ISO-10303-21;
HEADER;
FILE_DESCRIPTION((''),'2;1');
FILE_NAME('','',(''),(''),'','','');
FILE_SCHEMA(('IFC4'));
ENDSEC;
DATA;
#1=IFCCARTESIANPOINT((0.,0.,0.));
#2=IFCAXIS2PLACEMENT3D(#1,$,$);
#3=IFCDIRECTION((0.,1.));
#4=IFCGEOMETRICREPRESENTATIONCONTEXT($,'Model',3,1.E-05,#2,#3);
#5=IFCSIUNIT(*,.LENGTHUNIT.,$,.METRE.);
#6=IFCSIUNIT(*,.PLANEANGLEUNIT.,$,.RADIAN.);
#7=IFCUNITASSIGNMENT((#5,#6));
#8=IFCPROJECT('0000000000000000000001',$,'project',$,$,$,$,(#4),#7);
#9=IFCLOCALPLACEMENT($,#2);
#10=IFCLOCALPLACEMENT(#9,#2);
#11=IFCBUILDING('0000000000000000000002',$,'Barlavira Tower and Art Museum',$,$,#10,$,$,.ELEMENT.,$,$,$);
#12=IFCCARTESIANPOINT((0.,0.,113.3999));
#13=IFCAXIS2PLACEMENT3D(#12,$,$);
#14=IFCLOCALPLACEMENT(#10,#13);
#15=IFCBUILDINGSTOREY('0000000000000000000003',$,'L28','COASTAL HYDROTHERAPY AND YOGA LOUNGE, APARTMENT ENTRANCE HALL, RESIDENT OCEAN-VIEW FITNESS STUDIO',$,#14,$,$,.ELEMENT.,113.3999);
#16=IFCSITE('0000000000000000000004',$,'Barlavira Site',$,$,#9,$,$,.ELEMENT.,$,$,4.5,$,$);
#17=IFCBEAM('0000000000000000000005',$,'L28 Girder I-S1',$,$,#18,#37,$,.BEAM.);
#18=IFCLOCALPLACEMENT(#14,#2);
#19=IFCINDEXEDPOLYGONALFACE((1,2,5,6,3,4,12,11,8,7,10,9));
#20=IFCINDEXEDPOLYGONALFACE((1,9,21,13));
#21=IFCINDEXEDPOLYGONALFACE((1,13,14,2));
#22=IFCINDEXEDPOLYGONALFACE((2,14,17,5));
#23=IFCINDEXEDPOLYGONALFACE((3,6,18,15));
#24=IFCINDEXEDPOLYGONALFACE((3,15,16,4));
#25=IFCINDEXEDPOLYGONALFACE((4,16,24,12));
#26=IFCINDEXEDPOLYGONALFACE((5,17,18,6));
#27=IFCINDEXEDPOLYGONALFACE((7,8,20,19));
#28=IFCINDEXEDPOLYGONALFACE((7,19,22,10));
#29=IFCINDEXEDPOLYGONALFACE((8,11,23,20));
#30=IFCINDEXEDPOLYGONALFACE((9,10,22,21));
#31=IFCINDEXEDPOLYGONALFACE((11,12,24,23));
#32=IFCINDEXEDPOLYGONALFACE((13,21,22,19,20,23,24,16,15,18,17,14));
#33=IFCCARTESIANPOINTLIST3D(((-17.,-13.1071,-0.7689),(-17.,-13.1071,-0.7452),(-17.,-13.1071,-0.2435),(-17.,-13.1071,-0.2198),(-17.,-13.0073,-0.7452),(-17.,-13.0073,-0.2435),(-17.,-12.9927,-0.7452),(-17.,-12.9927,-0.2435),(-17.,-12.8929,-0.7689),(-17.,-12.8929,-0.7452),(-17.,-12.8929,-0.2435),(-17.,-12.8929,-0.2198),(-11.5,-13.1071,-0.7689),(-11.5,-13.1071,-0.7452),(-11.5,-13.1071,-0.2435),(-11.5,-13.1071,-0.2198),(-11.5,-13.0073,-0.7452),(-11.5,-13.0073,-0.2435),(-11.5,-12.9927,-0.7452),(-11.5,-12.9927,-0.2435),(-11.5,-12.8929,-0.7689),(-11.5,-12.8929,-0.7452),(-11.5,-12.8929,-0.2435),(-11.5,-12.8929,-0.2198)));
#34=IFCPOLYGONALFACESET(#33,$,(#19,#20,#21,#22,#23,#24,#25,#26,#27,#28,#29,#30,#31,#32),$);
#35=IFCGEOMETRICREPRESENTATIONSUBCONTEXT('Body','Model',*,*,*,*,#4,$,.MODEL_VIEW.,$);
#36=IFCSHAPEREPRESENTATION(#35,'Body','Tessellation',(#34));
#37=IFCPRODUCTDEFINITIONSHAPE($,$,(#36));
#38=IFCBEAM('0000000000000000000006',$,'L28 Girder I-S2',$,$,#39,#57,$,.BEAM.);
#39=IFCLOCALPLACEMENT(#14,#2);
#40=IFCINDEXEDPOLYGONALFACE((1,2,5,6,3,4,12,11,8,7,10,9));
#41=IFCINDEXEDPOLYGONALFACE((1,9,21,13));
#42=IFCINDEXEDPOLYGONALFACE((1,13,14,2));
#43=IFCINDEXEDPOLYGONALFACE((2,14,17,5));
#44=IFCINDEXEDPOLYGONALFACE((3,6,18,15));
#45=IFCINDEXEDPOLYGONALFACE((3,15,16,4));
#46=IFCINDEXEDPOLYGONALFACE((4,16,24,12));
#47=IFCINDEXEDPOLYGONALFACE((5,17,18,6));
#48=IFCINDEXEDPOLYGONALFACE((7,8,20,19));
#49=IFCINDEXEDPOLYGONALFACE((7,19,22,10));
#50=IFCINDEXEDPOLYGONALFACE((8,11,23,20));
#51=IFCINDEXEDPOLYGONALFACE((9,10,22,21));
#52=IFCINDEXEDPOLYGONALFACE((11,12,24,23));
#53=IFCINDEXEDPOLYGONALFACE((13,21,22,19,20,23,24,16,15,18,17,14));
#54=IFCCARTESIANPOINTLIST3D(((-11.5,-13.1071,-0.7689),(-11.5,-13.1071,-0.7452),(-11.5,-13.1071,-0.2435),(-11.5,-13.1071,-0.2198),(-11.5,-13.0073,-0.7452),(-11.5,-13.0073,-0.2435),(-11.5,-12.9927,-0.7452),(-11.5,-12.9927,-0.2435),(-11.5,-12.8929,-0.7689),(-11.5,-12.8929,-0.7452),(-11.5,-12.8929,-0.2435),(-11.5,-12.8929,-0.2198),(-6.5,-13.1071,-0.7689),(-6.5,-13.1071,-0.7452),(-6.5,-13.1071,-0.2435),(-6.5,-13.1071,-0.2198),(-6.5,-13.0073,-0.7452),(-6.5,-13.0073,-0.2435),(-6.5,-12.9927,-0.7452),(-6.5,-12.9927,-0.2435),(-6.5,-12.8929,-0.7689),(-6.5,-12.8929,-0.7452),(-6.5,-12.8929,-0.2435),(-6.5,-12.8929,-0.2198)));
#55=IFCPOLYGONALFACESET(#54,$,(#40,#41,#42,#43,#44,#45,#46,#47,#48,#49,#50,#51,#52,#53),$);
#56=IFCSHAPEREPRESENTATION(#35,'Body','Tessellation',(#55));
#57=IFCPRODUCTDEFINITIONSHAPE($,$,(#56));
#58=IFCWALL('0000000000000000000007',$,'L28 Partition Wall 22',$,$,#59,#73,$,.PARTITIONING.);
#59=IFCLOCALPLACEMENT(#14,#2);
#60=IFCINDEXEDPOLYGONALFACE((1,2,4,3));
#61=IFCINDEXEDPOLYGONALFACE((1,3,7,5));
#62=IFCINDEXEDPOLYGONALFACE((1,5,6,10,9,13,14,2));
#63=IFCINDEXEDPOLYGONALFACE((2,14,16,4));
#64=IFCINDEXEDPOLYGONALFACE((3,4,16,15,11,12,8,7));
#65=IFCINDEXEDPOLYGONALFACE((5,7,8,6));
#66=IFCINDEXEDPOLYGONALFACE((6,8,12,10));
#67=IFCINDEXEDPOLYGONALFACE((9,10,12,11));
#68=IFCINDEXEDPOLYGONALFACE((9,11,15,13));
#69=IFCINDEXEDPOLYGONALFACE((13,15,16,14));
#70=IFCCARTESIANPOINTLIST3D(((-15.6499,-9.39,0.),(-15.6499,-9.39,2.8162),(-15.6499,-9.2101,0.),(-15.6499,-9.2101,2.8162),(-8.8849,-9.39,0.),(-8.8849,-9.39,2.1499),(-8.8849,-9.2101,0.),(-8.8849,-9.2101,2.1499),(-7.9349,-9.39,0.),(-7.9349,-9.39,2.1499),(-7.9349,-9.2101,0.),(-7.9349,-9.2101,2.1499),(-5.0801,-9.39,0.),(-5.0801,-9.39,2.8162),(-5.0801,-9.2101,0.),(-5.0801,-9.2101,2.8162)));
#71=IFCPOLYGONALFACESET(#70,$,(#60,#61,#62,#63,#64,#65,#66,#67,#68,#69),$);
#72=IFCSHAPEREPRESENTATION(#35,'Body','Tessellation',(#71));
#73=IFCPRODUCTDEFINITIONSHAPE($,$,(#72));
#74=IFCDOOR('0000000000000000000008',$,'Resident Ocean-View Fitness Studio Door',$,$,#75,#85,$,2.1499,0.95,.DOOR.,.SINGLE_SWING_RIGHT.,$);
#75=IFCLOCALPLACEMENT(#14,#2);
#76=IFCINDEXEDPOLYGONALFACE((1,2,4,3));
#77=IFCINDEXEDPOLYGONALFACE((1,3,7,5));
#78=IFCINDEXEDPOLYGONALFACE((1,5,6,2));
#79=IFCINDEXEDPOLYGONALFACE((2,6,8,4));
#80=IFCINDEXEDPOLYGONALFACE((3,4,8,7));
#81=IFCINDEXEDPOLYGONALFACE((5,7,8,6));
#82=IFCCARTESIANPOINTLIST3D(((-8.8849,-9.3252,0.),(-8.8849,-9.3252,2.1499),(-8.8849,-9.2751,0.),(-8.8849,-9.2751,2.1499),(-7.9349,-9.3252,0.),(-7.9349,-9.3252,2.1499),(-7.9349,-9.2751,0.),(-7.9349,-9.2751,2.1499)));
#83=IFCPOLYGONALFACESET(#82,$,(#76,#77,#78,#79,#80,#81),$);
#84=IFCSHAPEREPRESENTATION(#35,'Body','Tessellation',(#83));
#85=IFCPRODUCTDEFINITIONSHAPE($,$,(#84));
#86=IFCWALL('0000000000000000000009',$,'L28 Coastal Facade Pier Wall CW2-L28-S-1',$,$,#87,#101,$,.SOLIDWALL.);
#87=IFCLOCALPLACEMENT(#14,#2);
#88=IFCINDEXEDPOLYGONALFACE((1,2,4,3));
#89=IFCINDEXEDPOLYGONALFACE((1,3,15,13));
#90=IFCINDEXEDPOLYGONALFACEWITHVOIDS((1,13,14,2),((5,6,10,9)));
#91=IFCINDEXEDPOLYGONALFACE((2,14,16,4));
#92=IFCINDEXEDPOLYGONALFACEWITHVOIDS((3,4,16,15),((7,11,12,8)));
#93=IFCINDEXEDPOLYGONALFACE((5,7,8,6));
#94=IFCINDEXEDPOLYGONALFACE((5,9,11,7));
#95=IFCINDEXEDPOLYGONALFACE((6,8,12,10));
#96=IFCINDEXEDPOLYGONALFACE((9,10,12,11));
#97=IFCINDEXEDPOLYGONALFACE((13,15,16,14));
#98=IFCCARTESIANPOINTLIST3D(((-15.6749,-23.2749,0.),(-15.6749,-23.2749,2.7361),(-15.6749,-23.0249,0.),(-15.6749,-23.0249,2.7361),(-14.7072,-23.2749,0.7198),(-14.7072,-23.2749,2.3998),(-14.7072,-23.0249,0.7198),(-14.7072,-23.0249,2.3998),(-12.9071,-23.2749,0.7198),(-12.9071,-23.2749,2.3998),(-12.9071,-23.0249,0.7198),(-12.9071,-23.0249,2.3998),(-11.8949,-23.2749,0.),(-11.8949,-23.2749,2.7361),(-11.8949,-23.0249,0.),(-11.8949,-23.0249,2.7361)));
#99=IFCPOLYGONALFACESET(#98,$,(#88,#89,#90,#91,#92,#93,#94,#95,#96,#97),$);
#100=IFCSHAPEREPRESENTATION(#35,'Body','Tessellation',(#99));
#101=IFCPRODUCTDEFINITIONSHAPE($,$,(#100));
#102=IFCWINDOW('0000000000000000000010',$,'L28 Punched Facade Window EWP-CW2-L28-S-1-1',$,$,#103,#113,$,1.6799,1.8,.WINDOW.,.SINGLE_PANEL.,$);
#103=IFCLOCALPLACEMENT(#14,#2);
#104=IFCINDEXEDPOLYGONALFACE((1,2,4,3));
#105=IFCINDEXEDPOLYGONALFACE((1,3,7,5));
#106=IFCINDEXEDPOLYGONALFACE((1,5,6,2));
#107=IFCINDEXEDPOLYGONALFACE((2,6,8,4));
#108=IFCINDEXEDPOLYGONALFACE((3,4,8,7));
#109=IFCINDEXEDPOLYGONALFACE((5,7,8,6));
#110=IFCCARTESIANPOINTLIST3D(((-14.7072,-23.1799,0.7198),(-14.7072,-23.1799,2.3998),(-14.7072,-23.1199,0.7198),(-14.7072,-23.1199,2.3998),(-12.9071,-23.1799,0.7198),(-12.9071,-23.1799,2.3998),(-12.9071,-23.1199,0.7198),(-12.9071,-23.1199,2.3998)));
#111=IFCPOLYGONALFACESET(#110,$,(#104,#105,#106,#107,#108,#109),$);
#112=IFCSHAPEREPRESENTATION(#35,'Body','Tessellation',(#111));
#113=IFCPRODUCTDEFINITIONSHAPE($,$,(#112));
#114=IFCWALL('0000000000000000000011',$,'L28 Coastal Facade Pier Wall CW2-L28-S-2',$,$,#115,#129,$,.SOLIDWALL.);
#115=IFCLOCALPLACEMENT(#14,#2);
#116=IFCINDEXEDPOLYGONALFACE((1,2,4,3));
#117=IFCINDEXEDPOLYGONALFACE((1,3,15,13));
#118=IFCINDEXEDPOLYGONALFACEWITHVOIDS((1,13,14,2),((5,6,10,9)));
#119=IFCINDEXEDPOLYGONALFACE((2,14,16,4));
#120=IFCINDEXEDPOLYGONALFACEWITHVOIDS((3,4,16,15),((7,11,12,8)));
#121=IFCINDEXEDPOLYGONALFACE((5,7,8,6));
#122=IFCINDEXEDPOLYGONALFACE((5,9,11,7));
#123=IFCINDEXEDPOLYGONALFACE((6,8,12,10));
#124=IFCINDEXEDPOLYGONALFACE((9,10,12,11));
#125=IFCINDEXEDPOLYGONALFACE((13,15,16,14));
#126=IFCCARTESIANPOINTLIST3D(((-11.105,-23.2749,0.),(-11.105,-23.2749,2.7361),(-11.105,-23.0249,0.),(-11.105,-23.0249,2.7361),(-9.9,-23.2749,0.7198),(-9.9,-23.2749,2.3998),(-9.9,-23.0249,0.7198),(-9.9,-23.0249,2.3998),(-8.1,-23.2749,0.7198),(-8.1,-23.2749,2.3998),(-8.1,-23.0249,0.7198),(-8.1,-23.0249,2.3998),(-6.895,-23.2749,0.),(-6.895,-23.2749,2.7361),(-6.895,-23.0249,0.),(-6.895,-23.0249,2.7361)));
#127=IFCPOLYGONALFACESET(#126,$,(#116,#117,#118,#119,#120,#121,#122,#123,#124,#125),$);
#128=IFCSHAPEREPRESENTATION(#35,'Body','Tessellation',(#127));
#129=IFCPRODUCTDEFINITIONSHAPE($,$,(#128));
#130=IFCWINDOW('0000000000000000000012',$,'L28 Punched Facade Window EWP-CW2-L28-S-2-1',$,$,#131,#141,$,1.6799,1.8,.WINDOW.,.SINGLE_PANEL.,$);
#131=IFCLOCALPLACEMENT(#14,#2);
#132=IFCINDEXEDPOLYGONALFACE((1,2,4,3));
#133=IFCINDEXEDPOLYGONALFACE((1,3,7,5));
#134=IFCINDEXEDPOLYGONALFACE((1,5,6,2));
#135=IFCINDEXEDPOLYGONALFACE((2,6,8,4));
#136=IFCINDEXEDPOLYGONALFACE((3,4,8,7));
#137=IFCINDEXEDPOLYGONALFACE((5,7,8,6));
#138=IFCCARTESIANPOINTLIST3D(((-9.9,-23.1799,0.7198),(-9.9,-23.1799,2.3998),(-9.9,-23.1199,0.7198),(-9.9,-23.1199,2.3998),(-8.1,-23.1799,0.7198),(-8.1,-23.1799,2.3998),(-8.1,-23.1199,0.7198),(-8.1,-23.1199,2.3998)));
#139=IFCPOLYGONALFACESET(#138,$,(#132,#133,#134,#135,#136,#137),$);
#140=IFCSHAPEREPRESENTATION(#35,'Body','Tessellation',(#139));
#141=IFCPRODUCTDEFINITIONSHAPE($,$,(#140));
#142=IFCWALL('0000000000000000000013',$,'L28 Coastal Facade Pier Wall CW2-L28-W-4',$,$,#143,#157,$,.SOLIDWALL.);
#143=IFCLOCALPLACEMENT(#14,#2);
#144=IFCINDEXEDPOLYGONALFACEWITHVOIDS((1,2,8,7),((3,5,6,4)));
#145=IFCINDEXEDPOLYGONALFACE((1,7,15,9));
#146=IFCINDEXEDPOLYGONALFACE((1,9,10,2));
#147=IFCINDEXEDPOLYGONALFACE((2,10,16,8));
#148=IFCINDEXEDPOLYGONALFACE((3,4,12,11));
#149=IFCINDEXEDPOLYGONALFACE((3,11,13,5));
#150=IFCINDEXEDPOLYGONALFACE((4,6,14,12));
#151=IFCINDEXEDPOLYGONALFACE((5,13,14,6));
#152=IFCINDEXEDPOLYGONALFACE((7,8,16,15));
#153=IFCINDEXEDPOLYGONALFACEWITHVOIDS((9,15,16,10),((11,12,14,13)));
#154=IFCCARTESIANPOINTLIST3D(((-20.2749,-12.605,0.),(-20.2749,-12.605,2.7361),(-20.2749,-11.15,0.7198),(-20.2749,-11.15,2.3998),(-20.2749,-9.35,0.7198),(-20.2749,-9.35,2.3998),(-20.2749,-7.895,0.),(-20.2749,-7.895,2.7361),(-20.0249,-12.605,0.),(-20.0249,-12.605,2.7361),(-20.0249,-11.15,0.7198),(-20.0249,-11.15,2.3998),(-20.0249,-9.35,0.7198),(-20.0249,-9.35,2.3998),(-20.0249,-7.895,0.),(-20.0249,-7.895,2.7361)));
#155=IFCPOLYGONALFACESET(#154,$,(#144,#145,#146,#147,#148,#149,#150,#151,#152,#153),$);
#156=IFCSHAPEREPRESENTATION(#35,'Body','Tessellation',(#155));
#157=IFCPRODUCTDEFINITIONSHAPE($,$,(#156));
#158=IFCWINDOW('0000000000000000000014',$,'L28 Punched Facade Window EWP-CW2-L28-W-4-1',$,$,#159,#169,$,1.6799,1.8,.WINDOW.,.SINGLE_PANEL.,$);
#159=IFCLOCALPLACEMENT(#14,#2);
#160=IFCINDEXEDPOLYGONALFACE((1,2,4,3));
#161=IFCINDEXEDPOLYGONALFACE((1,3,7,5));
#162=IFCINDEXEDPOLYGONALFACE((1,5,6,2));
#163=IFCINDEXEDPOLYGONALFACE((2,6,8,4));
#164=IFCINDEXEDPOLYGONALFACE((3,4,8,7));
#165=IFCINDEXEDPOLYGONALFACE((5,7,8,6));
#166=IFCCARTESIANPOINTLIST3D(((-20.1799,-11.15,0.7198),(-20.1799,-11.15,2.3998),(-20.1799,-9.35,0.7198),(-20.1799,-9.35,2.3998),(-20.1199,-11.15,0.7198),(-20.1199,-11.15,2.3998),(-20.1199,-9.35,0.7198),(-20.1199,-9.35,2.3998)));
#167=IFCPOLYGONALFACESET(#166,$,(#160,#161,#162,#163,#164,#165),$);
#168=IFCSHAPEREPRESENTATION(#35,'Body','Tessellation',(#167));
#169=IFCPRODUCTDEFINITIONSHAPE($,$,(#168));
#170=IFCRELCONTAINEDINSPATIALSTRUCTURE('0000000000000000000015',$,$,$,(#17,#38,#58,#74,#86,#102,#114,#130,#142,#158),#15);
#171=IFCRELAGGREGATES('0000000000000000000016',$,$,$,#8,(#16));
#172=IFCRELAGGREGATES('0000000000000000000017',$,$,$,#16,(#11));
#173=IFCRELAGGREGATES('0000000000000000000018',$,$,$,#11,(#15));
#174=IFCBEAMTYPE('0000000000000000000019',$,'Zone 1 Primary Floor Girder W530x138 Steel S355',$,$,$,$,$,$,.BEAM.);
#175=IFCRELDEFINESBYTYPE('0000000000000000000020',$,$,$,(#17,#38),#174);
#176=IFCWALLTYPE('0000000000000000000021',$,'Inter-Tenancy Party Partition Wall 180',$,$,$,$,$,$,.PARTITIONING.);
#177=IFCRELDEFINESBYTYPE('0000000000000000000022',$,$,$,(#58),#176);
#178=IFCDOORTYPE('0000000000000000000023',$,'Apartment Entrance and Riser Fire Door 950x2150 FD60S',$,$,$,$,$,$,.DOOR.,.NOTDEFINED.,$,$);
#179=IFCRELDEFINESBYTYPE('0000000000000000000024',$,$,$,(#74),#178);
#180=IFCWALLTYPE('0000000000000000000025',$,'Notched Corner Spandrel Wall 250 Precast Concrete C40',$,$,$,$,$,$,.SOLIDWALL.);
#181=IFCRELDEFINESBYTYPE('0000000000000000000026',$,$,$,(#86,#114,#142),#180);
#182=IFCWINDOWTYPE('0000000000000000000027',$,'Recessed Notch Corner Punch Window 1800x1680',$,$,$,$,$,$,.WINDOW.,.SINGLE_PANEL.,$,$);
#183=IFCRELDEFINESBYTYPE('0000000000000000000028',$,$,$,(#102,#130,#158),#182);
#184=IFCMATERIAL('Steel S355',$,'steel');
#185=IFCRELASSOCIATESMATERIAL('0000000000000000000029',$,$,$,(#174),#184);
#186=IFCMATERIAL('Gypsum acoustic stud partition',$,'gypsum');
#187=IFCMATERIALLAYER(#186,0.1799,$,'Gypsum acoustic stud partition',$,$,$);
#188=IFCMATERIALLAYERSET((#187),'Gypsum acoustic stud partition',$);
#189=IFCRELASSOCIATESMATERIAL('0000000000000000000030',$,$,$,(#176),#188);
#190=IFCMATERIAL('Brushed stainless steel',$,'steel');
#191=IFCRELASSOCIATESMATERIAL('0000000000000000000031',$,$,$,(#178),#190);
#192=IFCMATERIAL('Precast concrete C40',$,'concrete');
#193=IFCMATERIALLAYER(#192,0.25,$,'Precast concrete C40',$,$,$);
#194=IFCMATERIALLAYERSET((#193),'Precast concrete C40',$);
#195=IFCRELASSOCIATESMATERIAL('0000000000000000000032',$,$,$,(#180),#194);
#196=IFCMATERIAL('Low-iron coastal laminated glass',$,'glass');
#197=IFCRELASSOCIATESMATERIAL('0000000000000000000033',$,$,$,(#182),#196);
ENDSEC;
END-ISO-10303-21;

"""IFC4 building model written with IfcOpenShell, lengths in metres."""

from ifc_helpers import new_model, si_unit, direction, frame, frame_2d, origin, origin_2d, place, context, subcontext, project, spatial, rectangle, i_section, extrude, material, layer, layer_set, material_profile, profile_set, type_object, element, fill, save


model = new_model("IFC4")

# Units and contexts
model_context = context("Model", 3, precision=1e-05, world=origin(), true_north=direction((0.0, 1.0)))
body_context = subcontext(model_context, "Body", "Model", "MODEL_VIEW")
ifc_project = project(units=[si_unit("LENGTHUNIT", "METRE"), si_unit("PLANEANGLEUNIT", "RADIAN")], contexts=[model_context])

# Site, building, storey
site_placement = place(None, origin())
site = spatial("IfcSite", under=ifc_project, at=site_placement, Name="Barlavira Site", CompositionType="ELEMENT", RefElevation=4.5)
building_placement = place(site_placement, origin())
building = spatial("IfcBuilding", under=site, at=building_placement, Name="Barlavira Tower and Art Museum", CompositionType="ELEMENT")
storey_placement = place(building_placement, frame((0.0, 0.0, 113.3999)))
storey = spatial("IfcBuildingStorey", under=building, at=storey_placement, Name="L28", Description="COASTAL HYDROTHERAPY AND YOGA LOUNGE, APARTMENT ENTRANCE HALL, RESIDENT OCEAN-VIEW FITNESS STUDIO", CompositionType="ELEMENT", Elevation=113.3999)

# Beams
ifc_material_1 = material(Name="Steel S355", Category="steel")
ifc_material_profile_1 = material_profile(ifc_material_1, i_section(OverallWidth=0.2141, OverallDepth=0.5491, WebThickness=0.0146, FlangeThickness=0.0237, at=origin_2d()), Name="W530x138.0")
ifc_profile_set_1 = profile_set([ifc_material_profile_1], Name="Steel S355")
beam_type_1 = type_object("IfcBeamType", Name="Zone 1 Primary Floor Girder W530x138 Steel S355", PredefinedType="BEAM", material=ifc_profile_set_1)
for number, where, z_axis, x_axis, name in (
    (1, (-17.0, -13.0, -0.4944), (1.0, 0.0, 0.0), (0.0, 1.0, 0.0), "L28 Girder I-S1"),
):
    element("IfcBeam", number, at=place(storey_placement, frame(where, z_axis=z_axis, x_axis=x_axis)), inside=storey, type_object=beam_type_1, Name=name, PredefinedType="BEAM", context=body_context, shape_type="SweptSolid", body=[
        extrude(i_section(OverallWidth=0.2141, OverallDepth=0.5491, WebThickness=0.0146, FlangeThickness=0.0237, at=origin_2d()), origin(), (0.0, 0.0, 1.0), 5.5),
    ])
beam_1_placement = place(storey_placement, frame((-11.5, -13.0, -0.4944), z_axis=(1.0, 0.0, 0.0), x_axis=(0.0, 1.0, 0.0)))
element("IfcBeam", 2, at=beam_1_placement, inside=storey, type_object=beam_type_1, Name="L28 Girder I-S2", PredefinedType="BEAM", context=body_context, shape_type="SweptSolid", body=[
    extrude(i_section(OverallWidth=0.2141, OverallDepth=0.5491, WebThickness=0.0146, FlangeThickness=0.0237, at=origin_2d()), origin(), (0.0, 0.0, 1.0), 5.0),
])

# Wall, opening, door
ifc_material_2 = material(Name="Gypsum acoustic stud partition", Category="gypsum")
ifc_layer_1 = layer(ifc_material_2, 0.1799, Name="Gypsum acoustic stud partition")
ifc_layer_set_1 = layer_set([ifc_layer_1], Name="Gypsum acoustic stud partition")
wall_type_1 = type_object("IfcWallType", Name="Inter-Tenancy Party Partition Wall 180", PredefinedType="PARTITIONING", material=ifc_layer_set_1)
wall_1_placement = place(storey_placement, frame((-15.6499, -9.3, 0.0), z_axis=(0.0, 0.0, 1.0), x_axis=(1.0, 0.0, 0.0)))
wall_1 = element("IfcWall", 3, at=wall_1_placement, inside=storey, type_object=wall_type_1, Name="L28 Partition Wall 22", PredefinedType="PARTITIONING", context=body_context, shape_type="SweptSolid", body=[
    extrude(rectangle(XDim=10.5698, YDim=0.1799, at=frame_2d((5.2849, 0.0))), origin(), (0.0, 0.0, 1.0), 2.8162),
])
opening_1_placement = place(wall_1_placement, frame((6.7649, 0.0, 0.0)))
opening_1 = element("IfcOpeningElement", 4, at=opening_1_placement, cuts=wall_1, PredefinedType="OPENING", context=body_context, shape_type="SweptSolid", body=[
    extrude(rectangle(XDim=0.95, YDim=2.1499, at=frame_2d((0.4751, 1.075))), frame((0.0, 0.1001, 0.0), z_axis=(0.0, -1.0, 0.0), x_axis=(1.0, 0.0, 0.0)), (0.0, 0.0, 1.0), 0.2),
])
ifc_material_3 = material(Name="Brushed stainless steel", Category="steel")
door_type = type_object("IfcDoorType", Name="Apartment Entrance and Riser Fire Door 950x2150 FD60S", OperationType="NOTDEFINED", PredefinedType="DOOR", material=ifc_material_3)
door_placement = place(opening_1_placement, origin())
door = element("IfcDoor", 5, at=door_placement, inside=storey, type_object=door_type, Name="Resident Ocean-View Fitness Studio Door", OperationType="SINGLE_SWING_RIGHT", OverallHeight=2.1499, OverallWidth=0.95, PredefinedType="DOOR", context=body_context, shape_type="SweptSolid", body=[
    extrude(rectangle(XDim=0.95, YDim=2.1499, at=frame_2d((0.4751, 1.075))), frame((0.0, 0.0249, 0.0), z_axis=(0.0, -1.0, 0.0), x_axis=(1.0, 0.0, 0.0)), (0.0, 0.0, 1.0), 0.05),
])
fill(opening_1, door)

# Walls, openings, windows
ifc_material_4 = material(Name="Precast concrete C40", Category="concrete")
ifc_layer_2 = layer(ifc_material_4, 0.25, Name="Precast concrete C40")
ifc_layer_set_2 = layer_set([ifc_layer_2], Name="Precast concrete C40")
wall_type_2 = type_object("IfcWallType", Name="Notched Corner Spandrel Wall 250 Precast Concrete C40", PredefinedType="SOLIDWALL", material=ifc_layer_set_2)
wall_2_placement = place(storey_placement, frame((-15.675, -23.1499, 0.0), z_axis=(0.0, 0.0, 1.0), x_axis=(1.0, 0.0, 0.0)))
wall_2 = element("IfcWall", 6, at=wall_2_placement, inside=storey, type_object=wall_type_2, Name="L28 Coastal Facade Pier Wall CW2-L28-S-1", PredefinedType="SOLIDWALL", context=body_context, shape_type="SweptSolid", body=[
    extrude(rectangle(XDim=3.78, YDim=0.25, at=frame_2d((1.8901, 0.0))), origin(), (0.0, 0.0, 1.0), 2.7361),
])
opening_2_placement = place(wall_2_placement, frame((0.968, 0.0, 0.72)))
opening_2 = element("IfcOpeningElement", 7, at=opening_2_placement, cuts=wall_2, PredefinedType="OPENING", context=body_context, shape_type="SweptSolid", body=[
    extrude(rectangle(XDim=1.8, YDim=1.6799, at=frame_2d((0.8999, 0.8398))), frame((0.0, 0.135, 0.0), z_axis=(0.0, -1.0, 0.0), x_axis=(1.0, 0.0, 0.0)), (0.0, 0.0, 1.0), 0.27),
])
ifc_material_5 = material(Name="Low-iron coastal laminated glass", Category="glass")
window_type = type_object("IfcWindowType", Name="Recessed Notch Corner Punch Window 1800x1680", PartitioningType="SINGLE_PANEL", PredefinedType="WINDOW", material=ifc_material_5)
window_1_placement = place(opening_2_placement, origin())
window_1 = element("IfcWindow", 8, at=window_1_placement, inside=storey, type_object=window_type, Name="L28 Punched Facade Window EWP-CW2-L28-S-1-1", OverallHeight=1.6799, OverallWidth=1.8, PartitioningType="SINGLE_PANEL", PredefinedType="WINDOW", context=body_context, shape_type="SweptSolid", body=[
    extrude(rectangle(XDim=1.8, YDim=1.6799, at=frame_2d((0.8999, 0.8398))), frame((0.0, 0.03, 0.0), z_axis=(0.0, -1.0, 0.0), x_axis=(1.0, 0.0, 0.0)), (0.0, 0.0, 1.0), 0.0601),
])
fill(opening_2, window_1)
wall_3_placement = place(storey_placement, frame((-11.105, -23.1499, 0.0), z_axis=(0.0, 0.0, 1.0), x_axis=(1.0, 0.0, 0.0)))
wall_3 = element("IfcWall", 9, at=wall_3_placement, inside=storey, type_object=wall_type_2, Name="L28 Coastal Facade Pier Wall CW2-L28-S-2", PredefinedType="SOLIDWALL", context=body_context, shape_type="SweptSolid", body=[
    extrude(rectangle(XDim=4.21, YDim=0.25, at=frame_2d((2.105, 0.0))), origin(), (0.0, 0.0, 1.0), 2.7361),
])
opening_3_placement = place(wall_3_placement, frame((1.2051, 0.0, 0.72)))
opening_3 = element("IfcOpeningElement", 10, at=opening_3_placement, cuts=wall_3, PredefinedType="OPENING", context=body_context, shape_type="SweptSolid", body=[
    extrude(rectangle(XDim=1.8, YDim=1.6799, at=frame_2d((0.8999, 0.8398))), frame((0.0, 0.135, 0.0), z_axis=(0.0, -1.0, 0.0), x_axis=(1.0, 0.0, 0.0)), (0.0, 0.0, 1.0), 0.27),
])
window_2_placement = place(opening_3_placement, origin())
window_2 = element("IfcWindow", 11, at=window_2_placement, inside=storey, type_object=window_type, Name="L28 Punched Facade Window EWP-CW2-L28-S-2-1", OverallHeight=1.6799, OverallWidth=1.8, PartitioningType="SINGLE_PANEL", PredefinedType="WINDOW", context=body_context, shape_type="SweptSolid", body=[
    extrude(rectangle(XDim=1.8, YDim=1.6799, at=frame_2d((0.8999, 0.8398))), frame((0.0, 0.03, 0.0), z_axis=(0.0, -1.0, 0.0), x_axis=(1.0, 0.0, 0.0)), (0.0, 0.0, 1.0), 0.0601),
])
fill(opening_3, window_2)
wall_4_placement = place(storey_placement, frame((-20.1499, -7.895, 0.0), z_axis=(0.0, 0.0, 1.0), x_axis=(0.0, -1.0, 0.0)))
wall_4 = element("IfcWall", 12, at=wall_4_placement, inside=storey, type_object=wall_type_2, Name="L28 Coastal Facade Pier Wall CW2-L28-W-4", PredefinedType="SOLIDWALL", context=body_context, shape_type="SweptSolid", body=[
    extrude(rectangle(XDim=4.71, YDim=0.25, at=frame_2d((2.355, 0.0))), origin(), (0.0, 0.0, 1.0), 2.7361),
])
opening_4_placement = place(wall_4_placement, frame((1.4551, 0.0, 0.72)))
opening_4 = element("IfcOpeningElement", 13, at=opening_4_placement, cuts=wall_4, PredefinedType="OPENING", context=body_context, shape_type="SweptSolid", body=[
    extrude(rectangle(XDim=1.8, YDim=1.6799, at=frame_2d((0.8999, 0.8398))), frame((0.0, 0.135, 0.0), z_axis=(0.0, -1.0, 0.0), x_axis=(1.0, 0.0, 0.0)), (0.0, 0.0, 1.0), 0.27),
])
window_3_placement = place(opening_4_placement, origin())
window_3 = element("IfcWindow", 14, at=window_3_placement, inside=storey, type_object=window_type, Name="L28 Punched Facade Window EWP-CW2-L28-W-4-1", OverallHeight=1.6799, OverallWidth=1.8, PartitioningType="SINGLE_PANEL", PredefinedType="WINDOW", context=body_context, shape_type="SweptSolid", body=[
    extrude(rectangle(XDim=1.8, YDim=1.6799, at=frame_2d((0.8999, 0.8398))), frame((0.0, 0.03, 0.0), z_axis=(0.0, -1.0, 0.0), x_axis=(1.0, 0.0, 0.0)), (0.0, 0.0, 1.0), 0.0601),
])
fill(opening_4, window_3)

save(model, "model.ifc")
